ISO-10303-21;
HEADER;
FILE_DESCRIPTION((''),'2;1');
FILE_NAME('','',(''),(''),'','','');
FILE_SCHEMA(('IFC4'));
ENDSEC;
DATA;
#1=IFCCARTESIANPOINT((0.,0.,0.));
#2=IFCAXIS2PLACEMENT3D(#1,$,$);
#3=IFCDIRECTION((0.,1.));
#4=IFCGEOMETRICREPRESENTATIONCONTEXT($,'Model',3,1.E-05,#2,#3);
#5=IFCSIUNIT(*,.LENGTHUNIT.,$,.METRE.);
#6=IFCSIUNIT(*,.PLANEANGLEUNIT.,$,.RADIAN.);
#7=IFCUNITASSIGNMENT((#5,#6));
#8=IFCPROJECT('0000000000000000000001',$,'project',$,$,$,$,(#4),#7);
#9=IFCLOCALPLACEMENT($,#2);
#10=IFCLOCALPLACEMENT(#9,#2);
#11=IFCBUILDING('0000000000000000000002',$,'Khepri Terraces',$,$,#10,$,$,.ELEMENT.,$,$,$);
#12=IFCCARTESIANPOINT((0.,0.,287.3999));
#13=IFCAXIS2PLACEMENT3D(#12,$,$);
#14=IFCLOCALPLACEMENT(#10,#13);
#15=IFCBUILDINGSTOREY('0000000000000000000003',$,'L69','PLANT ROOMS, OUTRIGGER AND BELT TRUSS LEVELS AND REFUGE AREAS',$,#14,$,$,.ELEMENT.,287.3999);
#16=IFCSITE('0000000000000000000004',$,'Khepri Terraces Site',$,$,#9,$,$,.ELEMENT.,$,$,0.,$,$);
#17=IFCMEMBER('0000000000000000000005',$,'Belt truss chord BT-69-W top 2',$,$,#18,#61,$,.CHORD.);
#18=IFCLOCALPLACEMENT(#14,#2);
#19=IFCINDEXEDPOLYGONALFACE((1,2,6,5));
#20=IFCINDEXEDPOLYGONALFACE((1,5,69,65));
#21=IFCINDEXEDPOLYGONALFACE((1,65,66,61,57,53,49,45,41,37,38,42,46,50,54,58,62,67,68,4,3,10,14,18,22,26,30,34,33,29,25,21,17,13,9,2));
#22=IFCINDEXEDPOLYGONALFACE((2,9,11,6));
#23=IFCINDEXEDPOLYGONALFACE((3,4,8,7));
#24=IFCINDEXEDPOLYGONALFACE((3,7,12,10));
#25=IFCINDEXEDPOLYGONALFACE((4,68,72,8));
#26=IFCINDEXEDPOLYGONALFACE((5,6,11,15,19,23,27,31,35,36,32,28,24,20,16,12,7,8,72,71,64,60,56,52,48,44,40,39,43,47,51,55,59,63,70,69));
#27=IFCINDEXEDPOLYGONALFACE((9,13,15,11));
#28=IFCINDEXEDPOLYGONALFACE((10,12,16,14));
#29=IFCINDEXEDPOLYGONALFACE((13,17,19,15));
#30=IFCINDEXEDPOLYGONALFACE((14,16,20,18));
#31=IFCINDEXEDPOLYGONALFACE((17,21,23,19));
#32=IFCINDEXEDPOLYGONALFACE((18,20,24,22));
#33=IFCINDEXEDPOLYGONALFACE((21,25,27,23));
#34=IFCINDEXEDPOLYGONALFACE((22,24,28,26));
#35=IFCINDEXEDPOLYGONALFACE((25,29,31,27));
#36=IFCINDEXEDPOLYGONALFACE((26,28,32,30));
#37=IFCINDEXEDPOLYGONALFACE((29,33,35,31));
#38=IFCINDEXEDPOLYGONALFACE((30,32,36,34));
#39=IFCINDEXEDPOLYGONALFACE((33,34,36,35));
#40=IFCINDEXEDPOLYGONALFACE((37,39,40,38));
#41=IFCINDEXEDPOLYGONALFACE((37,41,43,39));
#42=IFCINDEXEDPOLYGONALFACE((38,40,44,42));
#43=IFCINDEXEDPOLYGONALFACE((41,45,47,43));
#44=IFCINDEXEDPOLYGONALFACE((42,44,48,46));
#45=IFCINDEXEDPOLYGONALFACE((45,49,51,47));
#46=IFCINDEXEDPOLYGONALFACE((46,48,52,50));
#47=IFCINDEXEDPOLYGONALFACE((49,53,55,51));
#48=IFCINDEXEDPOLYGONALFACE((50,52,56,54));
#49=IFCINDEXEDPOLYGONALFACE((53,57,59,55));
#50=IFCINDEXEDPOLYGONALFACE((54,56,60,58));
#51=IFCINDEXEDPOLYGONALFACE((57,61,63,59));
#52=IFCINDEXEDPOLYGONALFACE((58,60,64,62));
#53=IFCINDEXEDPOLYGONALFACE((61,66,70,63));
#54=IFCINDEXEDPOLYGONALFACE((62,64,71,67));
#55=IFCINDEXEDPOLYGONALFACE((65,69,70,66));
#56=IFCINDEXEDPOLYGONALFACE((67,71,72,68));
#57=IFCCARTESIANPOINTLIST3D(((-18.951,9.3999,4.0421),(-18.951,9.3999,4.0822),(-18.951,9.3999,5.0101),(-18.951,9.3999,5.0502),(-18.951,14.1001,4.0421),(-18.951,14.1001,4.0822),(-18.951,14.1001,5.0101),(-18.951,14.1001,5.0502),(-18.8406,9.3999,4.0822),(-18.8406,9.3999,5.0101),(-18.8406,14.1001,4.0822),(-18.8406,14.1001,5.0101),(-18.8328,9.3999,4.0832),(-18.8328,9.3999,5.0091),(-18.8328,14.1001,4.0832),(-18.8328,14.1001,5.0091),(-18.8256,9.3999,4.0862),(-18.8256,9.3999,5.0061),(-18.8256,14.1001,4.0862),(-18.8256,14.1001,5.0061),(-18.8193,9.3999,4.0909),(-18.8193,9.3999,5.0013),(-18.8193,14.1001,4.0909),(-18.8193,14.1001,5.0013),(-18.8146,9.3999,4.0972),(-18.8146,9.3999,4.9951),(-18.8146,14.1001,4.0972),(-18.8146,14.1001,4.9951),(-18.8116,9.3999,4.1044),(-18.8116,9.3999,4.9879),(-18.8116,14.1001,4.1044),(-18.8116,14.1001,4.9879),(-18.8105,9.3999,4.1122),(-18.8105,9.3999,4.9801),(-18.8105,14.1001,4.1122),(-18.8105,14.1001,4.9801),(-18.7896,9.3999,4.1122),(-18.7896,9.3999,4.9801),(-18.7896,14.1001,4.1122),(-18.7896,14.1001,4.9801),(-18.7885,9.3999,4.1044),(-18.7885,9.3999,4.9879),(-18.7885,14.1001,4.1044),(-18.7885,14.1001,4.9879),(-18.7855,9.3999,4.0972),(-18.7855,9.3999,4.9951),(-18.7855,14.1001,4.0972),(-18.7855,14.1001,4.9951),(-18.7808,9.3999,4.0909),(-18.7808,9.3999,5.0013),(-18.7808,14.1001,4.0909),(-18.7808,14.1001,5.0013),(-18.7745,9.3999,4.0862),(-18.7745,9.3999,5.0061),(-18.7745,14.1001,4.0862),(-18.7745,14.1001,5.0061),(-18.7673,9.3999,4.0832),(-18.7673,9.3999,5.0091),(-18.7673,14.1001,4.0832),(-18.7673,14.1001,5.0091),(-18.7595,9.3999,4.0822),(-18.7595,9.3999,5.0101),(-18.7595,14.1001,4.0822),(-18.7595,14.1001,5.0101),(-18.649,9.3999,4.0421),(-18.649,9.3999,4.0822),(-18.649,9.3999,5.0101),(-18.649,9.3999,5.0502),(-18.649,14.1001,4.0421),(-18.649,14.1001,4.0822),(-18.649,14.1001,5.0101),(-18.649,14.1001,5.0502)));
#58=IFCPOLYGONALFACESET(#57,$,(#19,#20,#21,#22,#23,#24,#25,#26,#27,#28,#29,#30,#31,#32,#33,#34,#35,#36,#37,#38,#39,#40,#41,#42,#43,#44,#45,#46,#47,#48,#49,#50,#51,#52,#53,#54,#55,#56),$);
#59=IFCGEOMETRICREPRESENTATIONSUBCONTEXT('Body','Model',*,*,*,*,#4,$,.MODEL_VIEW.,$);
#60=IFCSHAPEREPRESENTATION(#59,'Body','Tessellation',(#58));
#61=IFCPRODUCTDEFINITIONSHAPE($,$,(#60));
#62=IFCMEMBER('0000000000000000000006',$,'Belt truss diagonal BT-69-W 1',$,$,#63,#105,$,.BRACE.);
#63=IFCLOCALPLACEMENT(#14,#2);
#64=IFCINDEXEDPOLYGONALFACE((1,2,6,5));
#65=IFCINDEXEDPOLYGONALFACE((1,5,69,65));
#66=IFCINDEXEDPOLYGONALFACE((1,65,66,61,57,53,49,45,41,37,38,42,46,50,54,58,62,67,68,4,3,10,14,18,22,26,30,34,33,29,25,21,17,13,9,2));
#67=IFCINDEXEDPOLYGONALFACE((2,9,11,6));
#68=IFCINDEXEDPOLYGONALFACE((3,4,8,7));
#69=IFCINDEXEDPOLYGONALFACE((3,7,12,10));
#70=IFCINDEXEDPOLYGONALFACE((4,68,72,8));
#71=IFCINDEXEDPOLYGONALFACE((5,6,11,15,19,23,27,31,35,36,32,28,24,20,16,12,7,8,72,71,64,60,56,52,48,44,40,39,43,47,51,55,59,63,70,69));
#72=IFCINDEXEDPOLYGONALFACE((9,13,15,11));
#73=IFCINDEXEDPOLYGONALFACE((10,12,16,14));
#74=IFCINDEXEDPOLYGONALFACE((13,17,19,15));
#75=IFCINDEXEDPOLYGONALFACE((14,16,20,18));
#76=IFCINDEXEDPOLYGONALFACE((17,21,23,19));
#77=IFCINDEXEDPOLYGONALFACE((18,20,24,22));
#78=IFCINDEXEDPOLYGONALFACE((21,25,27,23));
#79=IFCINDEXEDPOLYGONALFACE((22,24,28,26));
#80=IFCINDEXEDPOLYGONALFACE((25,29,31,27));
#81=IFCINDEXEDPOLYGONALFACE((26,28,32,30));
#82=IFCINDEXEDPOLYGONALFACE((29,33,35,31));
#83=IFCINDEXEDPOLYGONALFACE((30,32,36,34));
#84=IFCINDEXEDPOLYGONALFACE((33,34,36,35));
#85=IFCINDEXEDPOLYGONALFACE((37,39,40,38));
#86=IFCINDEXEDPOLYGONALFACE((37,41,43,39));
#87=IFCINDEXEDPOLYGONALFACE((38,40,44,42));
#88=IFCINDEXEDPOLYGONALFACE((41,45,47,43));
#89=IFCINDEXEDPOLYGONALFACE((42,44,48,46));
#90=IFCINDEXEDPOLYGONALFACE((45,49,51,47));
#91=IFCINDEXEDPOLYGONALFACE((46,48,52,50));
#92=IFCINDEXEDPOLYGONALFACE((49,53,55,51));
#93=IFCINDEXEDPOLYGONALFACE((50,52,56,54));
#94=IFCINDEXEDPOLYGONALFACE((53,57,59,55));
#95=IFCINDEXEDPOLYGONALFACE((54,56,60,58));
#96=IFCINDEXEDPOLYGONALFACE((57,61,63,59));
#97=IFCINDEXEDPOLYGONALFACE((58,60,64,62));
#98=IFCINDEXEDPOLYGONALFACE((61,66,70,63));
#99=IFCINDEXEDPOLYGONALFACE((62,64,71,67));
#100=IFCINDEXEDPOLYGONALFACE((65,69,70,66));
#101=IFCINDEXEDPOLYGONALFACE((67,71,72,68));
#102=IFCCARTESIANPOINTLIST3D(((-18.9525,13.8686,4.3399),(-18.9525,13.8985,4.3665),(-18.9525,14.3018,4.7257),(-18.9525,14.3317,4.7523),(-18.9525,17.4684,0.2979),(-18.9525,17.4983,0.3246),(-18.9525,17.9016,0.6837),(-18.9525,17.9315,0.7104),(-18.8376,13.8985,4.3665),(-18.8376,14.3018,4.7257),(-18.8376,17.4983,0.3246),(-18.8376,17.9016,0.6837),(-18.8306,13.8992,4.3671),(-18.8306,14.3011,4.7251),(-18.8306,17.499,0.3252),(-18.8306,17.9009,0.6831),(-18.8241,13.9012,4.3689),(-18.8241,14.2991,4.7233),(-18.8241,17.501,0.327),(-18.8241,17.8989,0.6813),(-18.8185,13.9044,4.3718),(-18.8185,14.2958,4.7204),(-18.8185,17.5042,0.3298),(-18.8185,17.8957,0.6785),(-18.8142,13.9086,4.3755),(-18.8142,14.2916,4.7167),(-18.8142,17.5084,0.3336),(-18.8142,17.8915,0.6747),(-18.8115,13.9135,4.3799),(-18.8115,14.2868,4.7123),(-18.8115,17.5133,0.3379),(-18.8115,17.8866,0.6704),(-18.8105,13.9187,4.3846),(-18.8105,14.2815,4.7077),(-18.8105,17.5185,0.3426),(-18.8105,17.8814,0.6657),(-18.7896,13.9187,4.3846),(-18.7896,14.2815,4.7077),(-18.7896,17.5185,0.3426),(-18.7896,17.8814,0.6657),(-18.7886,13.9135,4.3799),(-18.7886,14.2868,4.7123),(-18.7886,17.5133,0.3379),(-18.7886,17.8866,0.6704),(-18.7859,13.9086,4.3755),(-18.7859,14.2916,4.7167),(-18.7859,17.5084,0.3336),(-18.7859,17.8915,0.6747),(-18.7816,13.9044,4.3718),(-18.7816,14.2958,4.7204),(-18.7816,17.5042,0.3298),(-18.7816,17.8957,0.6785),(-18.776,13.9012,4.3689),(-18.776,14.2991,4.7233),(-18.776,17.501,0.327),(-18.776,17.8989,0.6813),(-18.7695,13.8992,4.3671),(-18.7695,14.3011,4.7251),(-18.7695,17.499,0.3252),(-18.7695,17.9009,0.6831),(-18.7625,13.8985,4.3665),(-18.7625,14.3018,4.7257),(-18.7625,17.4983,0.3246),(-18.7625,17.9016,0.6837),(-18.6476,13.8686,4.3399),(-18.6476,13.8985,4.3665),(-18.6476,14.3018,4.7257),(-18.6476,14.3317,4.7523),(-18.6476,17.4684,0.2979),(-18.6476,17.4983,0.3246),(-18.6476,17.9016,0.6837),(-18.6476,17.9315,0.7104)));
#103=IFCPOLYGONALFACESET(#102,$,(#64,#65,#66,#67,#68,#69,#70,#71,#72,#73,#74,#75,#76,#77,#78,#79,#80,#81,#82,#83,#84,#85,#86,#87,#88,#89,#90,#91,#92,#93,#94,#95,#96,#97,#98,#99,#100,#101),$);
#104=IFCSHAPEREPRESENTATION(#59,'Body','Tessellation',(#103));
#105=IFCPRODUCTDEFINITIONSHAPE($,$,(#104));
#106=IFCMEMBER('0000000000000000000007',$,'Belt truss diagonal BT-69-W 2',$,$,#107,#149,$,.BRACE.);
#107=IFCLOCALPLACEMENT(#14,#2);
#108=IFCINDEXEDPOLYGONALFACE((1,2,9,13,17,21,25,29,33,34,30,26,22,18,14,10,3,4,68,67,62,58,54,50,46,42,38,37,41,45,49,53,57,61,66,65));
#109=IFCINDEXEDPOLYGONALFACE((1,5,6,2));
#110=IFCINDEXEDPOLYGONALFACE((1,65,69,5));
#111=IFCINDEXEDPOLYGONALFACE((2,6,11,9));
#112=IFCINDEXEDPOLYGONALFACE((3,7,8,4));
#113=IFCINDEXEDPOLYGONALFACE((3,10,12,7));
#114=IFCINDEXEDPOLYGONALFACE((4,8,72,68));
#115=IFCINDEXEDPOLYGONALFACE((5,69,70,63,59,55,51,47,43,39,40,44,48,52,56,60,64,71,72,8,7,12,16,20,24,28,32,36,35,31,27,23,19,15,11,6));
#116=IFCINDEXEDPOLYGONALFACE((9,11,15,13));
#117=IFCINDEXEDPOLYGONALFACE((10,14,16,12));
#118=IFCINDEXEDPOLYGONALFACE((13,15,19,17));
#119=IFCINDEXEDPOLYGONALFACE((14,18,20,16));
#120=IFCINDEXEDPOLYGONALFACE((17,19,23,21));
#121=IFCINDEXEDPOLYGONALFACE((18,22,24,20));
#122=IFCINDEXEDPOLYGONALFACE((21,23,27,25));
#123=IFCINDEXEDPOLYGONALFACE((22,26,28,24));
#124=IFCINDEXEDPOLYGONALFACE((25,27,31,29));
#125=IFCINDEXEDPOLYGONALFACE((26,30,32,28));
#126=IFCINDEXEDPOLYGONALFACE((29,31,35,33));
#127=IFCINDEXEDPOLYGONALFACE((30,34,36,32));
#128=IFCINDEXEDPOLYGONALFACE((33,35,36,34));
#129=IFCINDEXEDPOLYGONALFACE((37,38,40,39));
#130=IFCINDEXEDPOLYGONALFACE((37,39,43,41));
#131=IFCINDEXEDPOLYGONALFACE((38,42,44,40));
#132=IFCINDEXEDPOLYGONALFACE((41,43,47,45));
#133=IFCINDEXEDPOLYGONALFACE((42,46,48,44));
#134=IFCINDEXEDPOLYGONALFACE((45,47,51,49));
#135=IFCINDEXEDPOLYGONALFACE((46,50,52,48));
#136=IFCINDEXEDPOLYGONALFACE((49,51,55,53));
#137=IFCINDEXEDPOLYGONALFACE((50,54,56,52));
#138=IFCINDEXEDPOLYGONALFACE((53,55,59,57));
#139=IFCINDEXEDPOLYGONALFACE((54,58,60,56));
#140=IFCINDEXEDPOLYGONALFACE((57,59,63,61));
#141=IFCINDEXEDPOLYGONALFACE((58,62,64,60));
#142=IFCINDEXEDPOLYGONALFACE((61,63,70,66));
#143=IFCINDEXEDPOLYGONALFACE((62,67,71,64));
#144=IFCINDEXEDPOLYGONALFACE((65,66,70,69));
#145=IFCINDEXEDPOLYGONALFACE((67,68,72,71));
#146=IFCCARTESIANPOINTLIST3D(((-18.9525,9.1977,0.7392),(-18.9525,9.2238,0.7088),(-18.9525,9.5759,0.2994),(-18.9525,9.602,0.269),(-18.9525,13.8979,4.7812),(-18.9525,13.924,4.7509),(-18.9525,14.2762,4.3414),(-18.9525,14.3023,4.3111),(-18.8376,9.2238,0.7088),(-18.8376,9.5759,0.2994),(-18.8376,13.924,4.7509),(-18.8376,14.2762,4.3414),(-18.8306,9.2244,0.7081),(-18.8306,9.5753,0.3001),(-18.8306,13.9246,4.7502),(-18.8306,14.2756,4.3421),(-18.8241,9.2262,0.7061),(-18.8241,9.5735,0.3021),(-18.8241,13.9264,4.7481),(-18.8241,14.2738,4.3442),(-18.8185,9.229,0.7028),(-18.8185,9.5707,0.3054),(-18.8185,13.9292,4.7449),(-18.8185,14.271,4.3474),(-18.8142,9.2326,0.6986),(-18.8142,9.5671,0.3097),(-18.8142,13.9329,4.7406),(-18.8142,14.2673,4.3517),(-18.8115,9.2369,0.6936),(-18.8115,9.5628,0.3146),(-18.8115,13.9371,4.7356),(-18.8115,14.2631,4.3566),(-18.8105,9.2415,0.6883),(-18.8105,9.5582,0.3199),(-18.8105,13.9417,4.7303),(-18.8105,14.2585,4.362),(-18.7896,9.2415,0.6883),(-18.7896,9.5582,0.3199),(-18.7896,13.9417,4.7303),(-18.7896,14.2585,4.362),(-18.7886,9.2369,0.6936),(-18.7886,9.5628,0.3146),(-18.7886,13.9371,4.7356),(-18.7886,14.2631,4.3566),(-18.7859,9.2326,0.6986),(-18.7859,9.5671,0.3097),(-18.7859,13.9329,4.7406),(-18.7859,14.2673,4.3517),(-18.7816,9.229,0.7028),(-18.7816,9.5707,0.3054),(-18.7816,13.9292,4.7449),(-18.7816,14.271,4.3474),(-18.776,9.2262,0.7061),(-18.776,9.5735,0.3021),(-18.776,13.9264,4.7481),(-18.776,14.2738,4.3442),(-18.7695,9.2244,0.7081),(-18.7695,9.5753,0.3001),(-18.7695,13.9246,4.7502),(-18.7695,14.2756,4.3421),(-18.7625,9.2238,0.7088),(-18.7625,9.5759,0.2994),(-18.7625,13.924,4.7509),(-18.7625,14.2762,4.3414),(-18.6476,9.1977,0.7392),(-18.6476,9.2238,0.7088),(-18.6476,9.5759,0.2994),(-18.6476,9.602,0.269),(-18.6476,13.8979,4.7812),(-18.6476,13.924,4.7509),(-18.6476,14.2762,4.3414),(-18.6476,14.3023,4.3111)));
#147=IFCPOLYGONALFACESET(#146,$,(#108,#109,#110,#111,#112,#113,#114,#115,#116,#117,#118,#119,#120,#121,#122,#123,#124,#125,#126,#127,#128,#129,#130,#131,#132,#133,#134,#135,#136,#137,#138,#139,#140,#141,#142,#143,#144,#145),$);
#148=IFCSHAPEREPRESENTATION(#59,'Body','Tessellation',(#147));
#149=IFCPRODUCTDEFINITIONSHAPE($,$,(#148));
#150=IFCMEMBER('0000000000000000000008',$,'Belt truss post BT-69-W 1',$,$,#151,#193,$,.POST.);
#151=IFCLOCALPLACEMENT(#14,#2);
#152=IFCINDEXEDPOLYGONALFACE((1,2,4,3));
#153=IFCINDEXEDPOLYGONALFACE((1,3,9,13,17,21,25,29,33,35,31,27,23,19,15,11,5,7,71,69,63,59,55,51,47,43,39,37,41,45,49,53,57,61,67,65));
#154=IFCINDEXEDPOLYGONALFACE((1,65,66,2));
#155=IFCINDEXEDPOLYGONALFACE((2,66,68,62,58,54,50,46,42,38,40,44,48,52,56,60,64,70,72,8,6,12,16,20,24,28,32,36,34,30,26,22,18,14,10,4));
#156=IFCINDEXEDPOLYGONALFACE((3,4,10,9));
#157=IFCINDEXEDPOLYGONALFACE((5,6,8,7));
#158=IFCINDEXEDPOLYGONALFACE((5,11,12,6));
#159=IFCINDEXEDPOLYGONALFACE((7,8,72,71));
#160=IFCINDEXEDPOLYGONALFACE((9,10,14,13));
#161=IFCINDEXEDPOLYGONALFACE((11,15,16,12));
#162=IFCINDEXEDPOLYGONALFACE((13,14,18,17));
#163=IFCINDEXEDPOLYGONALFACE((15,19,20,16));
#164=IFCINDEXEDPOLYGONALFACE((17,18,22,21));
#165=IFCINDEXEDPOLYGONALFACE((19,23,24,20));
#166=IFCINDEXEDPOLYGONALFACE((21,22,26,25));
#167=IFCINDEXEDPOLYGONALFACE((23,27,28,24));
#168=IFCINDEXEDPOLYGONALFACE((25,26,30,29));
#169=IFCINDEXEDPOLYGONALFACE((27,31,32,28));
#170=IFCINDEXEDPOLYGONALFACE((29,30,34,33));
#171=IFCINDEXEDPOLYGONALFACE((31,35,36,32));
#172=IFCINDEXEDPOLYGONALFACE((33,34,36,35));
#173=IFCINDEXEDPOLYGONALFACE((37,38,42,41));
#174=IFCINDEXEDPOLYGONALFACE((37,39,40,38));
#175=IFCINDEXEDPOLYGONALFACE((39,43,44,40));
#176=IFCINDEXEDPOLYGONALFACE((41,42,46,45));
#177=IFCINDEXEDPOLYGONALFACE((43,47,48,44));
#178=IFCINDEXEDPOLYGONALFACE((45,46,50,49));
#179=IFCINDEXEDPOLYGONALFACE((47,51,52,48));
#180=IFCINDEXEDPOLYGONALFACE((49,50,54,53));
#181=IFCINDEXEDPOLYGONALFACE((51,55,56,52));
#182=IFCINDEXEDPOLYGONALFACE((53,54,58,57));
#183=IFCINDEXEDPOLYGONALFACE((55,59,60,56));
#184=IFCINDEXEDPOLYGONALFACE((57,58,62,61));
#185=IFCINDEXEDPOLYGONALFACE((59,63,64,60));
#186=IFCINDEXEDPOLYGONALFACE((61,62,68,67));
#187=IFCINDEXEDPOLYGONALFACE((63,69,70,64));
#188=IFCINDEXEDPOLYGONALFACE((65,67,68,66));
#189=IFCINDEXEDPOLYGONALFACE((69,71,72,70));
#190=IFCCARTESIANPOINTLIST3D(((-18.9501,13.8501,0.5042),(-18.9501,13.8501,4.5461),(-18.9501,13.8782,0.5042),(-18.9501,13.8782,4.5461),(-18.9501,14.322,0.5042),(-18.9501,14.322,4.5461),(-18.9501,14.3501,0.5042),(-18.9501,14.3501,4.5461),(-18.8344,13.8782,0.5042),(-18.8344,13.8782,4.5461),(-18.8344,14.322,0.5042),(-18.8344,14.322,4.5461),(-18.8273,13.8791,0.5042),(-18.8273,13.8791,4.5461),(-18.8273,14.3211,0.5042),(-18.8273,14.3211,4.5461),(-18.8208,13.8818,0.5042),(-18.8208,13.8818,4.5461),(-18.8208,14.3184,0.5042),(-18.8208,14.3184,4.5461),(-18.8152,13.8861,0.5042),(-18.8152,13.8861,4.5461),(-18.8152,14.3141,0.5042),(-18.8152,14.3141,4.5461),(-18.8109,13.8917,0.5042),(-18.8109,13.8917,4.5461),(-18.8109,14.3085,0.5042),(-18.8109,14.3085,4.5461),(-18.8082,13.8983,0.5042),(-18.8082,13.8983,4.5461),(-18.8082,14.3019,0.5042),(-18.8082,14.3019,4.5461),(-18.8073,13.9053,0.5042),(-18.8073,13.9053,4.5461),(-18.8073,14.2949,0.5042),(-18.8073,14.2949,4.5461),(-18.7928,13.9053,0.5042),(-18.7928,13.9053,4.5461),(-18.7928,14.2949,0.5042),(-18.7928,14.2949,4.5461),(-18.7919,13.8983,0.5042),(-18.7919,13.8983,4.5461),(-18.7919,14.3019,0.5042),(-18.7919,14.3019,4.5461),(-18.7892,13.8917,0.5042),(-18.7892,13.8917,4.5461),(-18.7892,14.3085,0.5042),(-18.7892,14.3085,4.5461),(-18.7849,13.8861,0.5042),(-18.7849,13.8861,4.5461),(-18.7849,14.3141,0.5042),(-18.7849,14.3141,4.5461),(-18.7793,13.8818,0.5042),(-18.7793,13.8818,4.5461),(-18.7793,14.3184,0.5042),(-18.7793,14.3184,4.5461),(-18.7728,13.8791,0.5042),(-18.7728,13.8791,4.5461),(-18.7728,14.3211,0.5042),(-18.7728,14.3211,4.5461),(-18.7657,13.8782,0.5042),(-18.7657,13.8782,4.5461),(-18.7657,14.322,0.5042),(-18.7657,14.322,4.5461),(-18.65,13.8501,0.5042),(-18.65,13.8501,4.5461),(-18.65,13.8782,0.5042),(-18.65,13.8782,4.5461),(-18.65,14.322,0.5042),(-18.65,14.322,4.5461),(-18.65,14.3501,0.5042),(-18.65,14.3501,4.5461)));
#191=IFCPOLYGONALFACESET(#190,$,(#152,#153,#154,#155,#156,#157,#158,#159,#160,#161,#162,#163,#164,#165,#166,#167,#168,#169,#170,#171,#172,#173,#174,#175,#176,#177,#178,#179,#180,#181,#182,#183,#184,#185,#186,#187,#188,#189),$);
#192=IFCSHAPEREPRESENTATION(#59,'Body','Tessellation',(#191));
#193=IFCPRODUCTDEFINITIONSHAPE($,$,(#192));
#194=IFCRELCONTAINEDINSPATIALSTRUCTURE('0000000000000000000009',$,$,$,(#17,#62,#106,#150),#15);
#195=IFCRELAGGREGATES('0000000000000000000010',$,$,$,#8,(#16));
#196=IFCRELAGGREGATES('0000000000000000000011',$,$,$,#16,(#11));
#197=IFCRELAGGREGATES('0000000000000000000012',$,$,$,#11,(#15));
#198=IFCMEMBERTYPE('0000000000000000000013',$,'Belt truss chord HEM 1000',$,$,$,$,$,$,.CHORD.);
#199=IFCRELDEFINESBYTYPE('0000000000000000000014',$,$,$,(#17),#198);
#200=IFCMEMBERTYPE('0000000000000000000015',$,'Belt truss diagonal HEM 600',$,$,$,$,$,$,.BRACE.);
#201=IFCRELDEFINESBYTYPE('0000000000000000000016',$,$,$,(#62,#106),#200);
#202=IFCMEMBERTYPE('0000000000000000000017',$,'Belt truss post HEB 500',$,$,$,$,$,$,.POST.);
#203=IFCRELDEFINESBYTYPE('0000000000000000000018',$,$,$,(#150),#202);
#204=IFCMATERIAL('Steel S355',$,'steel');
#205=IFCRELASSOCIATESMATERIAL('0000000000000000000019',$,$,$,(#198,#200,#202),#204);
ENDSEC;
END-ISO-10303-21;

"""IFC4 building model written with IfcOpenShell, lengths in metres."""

from ifc_helpers import new_model, si_unit, direction, frame, origin, origin_2d, place, context, subcontext, project, spatial, i_section, extrude, material, material_profile, profile_set, type_object, element, save


model = new_model("IFC4")

# Units and contexts
model_context = context("Model", 3, precision=1e-05, world=origin(), true_north=direction((0.0, 1.0)))
body_context = subcontext(model_context, "Body", "Model", "MODEL_VIEW")
ifc_project = project(units=[si_unit("LENGTHUNIT", "METRE"), si_unit("PLANEANGLEUNIT", "RADIAN")], contexts=[model_context])

# Site, building, storey
site_placement = place(None, origin())
site = spatial("IfcSite", under=ifc_project, at=site_placement, Name="Khepri Terraces Site", CompositionType="ELEMENT", RefElevation=0.0)
building_placement = place(site_placement, origin())
building = spatial("IfcBuilding", under=site, at=building_placement, Name="Khepri Terraces", CompositionType="ELEMENT")
storey_placement = place(building_placement, frame((0.0, 0.0, 287.3999)))
storey = spatial("IfcBuildingStorey", under=building, at=storey_placement, Name="L69", Description="PLANT ROOMS, OUTRIGGER AND BELT TRUSS LEVELS AND REFUGE AREAS", CompositionType="ELEMENT", Elevation=287.3999)

# Members
ifc_material_1 = material(Name="Steel S355", Category="steel")
ifc_material_profile_1 = material_profile(ifc_material_1, i_section(OverallWidth=0.302, OverallDepth=1.0081, WebThickness=0.021, FlangeThickness=0.04, FilletRadius=0.03, at=origin_2d()), Name="Steel S355", Category="steel")
ifc_profile_set_1 = profile_set([ifc_material_profile_1], Name="Steel S355")
member_type_1 = type_object("IfcMemberType", Name="Belt truss chord HEM 1000", PredefinedType="CHORD", material=ifc_profile_set_1)
for number, where, z_axis, x_axis, name in (
    (1, (-18.8, 14.1001, 4.5461), (0.0, -1.0, 0.0), (1.0, 0.0, 0.0), "Belt truss chord BT-69-W top 2"),
):
    element("IfcMember", number, at=place(storey_placement, frame(where, z_axis=z_axis, x_axis=x_axis)), inside=storey, type_object=member_type_1, Name=name, PredefinedType="CHORD", context=body_context, shape_type="SweptSolid", body=[
        extrude(i_section(OverallWidth=0.302, OverallDepth=1.0081, WebThickness=0.021, FlangeThickness=0.04, FilletRadius=0.03, at=origin_2d()), origin(), (0.0, 0.0, 1.0), 4.7002),
    ])
ifc_material_profile_2 = material_profile(ifc_material_1, i_section(OverallWidth=0.3049, OverallDepth=0.6201, WebThickness=0.021, FlangeThickness=0.04, FilletRadius=0.0271, at=origin_2d()), Name="Steel S355", Category="steel")
ifc_profile_set_2 = profile_set([ifc_material_profile_2], Name="Steel S355")
member_type_2 = type_object("IfcMemberType", Name="Belt truss diagonal HEM 600", PredefinedType="BRACE", material=ifc_profile_set_2)
member_1_placement = place(storey_placement, frame((-18.8, 17.7, 0.5042), z_axis=(0.0, -0.665083, 0.746769), x_axis=(1.0, 0.0, 0.0)))
element("IfcMember", 2, at=member_1_placement, inside=storey, type_object=member_type_2, Name="Belt truss diagonal BT-69-W 1", PredefinedType="BRACE", context=body_context, shape_type="SweptSolid", body=[
    extrude(i_section(OverallWidth=0.3049, OverallDepth=0.6201, WebThickness=0.021, FlangeThickness=0.04, FilletRadius=0.0271, at=origin_2d()), origin(), (0.0, 0.0, 1.0), 5.4126),
])
member_2_placement = place(storey_placement, frame((-18.8, 14.1001, 4.5461), z_axis=(0.0, -0.758199, -0.652023), x_axis=(1.0, 0.0, 0.0)))
element("IfcMember", 3, at=member_2_placement, inside=storey, type_object=member_type_2, Name="Belt truss diagonal BT-69-W 2", PredefinedType="BRACE", context=body_context, shape_type="SweptSolid", body=[
    extrude(i_section(OverallWidth=0.3049, OverallDepth=0.6201, WebThickness=0.021, FlangeThickness=0.04, FilletRadius=0.0271, at=origin_2d()), origin(), (0.0, 0.0, 1.0), 6.1992),
])
ifc_material_profile_3 = material_profile(ifc_material_1, i_section(OverallWidth=0.3, OverallDepth=0.5, WebThickness=0.0144, FlangeThickness=0.0281, FilletRadius=0.0271, at=origin_2d()), Name="Steel S355", Category="steel")
ifc_profile_set_3 = profile_set([ifc_material_profile_3], Name="Steel S355")
member_type_3 = type_object("IfcMemberType", Name="Belt truss post HEB 500", PredefinedType="POST", material=ifc_profile_set_3)
member_3_placement = place(storey_placement, frame((-18.8, 14.1001, 0.5042), z_axis=(0.0, 0.0, 1.0), x_axis=(1.0, 0.0, 0.0)))
element("IfcMember", 4, at=member_3_placement, inside=storey, type_object=member_type_3, Name="Belt truss post BT-69-W 1", PredefinedType="POST", context=body_context, shape_type="SweptSolid", body=[
    extrude(i_section(OverallWidth=0.3, OverallDepth=0.5, WebThickness=0.0144, FlangeThickness=0.0281, FilletRadius=0.0271, at=origin_2d()), origin(), (0.0, 0.0, 1.0), 4.042),
])

save(model, "model.ifc")
